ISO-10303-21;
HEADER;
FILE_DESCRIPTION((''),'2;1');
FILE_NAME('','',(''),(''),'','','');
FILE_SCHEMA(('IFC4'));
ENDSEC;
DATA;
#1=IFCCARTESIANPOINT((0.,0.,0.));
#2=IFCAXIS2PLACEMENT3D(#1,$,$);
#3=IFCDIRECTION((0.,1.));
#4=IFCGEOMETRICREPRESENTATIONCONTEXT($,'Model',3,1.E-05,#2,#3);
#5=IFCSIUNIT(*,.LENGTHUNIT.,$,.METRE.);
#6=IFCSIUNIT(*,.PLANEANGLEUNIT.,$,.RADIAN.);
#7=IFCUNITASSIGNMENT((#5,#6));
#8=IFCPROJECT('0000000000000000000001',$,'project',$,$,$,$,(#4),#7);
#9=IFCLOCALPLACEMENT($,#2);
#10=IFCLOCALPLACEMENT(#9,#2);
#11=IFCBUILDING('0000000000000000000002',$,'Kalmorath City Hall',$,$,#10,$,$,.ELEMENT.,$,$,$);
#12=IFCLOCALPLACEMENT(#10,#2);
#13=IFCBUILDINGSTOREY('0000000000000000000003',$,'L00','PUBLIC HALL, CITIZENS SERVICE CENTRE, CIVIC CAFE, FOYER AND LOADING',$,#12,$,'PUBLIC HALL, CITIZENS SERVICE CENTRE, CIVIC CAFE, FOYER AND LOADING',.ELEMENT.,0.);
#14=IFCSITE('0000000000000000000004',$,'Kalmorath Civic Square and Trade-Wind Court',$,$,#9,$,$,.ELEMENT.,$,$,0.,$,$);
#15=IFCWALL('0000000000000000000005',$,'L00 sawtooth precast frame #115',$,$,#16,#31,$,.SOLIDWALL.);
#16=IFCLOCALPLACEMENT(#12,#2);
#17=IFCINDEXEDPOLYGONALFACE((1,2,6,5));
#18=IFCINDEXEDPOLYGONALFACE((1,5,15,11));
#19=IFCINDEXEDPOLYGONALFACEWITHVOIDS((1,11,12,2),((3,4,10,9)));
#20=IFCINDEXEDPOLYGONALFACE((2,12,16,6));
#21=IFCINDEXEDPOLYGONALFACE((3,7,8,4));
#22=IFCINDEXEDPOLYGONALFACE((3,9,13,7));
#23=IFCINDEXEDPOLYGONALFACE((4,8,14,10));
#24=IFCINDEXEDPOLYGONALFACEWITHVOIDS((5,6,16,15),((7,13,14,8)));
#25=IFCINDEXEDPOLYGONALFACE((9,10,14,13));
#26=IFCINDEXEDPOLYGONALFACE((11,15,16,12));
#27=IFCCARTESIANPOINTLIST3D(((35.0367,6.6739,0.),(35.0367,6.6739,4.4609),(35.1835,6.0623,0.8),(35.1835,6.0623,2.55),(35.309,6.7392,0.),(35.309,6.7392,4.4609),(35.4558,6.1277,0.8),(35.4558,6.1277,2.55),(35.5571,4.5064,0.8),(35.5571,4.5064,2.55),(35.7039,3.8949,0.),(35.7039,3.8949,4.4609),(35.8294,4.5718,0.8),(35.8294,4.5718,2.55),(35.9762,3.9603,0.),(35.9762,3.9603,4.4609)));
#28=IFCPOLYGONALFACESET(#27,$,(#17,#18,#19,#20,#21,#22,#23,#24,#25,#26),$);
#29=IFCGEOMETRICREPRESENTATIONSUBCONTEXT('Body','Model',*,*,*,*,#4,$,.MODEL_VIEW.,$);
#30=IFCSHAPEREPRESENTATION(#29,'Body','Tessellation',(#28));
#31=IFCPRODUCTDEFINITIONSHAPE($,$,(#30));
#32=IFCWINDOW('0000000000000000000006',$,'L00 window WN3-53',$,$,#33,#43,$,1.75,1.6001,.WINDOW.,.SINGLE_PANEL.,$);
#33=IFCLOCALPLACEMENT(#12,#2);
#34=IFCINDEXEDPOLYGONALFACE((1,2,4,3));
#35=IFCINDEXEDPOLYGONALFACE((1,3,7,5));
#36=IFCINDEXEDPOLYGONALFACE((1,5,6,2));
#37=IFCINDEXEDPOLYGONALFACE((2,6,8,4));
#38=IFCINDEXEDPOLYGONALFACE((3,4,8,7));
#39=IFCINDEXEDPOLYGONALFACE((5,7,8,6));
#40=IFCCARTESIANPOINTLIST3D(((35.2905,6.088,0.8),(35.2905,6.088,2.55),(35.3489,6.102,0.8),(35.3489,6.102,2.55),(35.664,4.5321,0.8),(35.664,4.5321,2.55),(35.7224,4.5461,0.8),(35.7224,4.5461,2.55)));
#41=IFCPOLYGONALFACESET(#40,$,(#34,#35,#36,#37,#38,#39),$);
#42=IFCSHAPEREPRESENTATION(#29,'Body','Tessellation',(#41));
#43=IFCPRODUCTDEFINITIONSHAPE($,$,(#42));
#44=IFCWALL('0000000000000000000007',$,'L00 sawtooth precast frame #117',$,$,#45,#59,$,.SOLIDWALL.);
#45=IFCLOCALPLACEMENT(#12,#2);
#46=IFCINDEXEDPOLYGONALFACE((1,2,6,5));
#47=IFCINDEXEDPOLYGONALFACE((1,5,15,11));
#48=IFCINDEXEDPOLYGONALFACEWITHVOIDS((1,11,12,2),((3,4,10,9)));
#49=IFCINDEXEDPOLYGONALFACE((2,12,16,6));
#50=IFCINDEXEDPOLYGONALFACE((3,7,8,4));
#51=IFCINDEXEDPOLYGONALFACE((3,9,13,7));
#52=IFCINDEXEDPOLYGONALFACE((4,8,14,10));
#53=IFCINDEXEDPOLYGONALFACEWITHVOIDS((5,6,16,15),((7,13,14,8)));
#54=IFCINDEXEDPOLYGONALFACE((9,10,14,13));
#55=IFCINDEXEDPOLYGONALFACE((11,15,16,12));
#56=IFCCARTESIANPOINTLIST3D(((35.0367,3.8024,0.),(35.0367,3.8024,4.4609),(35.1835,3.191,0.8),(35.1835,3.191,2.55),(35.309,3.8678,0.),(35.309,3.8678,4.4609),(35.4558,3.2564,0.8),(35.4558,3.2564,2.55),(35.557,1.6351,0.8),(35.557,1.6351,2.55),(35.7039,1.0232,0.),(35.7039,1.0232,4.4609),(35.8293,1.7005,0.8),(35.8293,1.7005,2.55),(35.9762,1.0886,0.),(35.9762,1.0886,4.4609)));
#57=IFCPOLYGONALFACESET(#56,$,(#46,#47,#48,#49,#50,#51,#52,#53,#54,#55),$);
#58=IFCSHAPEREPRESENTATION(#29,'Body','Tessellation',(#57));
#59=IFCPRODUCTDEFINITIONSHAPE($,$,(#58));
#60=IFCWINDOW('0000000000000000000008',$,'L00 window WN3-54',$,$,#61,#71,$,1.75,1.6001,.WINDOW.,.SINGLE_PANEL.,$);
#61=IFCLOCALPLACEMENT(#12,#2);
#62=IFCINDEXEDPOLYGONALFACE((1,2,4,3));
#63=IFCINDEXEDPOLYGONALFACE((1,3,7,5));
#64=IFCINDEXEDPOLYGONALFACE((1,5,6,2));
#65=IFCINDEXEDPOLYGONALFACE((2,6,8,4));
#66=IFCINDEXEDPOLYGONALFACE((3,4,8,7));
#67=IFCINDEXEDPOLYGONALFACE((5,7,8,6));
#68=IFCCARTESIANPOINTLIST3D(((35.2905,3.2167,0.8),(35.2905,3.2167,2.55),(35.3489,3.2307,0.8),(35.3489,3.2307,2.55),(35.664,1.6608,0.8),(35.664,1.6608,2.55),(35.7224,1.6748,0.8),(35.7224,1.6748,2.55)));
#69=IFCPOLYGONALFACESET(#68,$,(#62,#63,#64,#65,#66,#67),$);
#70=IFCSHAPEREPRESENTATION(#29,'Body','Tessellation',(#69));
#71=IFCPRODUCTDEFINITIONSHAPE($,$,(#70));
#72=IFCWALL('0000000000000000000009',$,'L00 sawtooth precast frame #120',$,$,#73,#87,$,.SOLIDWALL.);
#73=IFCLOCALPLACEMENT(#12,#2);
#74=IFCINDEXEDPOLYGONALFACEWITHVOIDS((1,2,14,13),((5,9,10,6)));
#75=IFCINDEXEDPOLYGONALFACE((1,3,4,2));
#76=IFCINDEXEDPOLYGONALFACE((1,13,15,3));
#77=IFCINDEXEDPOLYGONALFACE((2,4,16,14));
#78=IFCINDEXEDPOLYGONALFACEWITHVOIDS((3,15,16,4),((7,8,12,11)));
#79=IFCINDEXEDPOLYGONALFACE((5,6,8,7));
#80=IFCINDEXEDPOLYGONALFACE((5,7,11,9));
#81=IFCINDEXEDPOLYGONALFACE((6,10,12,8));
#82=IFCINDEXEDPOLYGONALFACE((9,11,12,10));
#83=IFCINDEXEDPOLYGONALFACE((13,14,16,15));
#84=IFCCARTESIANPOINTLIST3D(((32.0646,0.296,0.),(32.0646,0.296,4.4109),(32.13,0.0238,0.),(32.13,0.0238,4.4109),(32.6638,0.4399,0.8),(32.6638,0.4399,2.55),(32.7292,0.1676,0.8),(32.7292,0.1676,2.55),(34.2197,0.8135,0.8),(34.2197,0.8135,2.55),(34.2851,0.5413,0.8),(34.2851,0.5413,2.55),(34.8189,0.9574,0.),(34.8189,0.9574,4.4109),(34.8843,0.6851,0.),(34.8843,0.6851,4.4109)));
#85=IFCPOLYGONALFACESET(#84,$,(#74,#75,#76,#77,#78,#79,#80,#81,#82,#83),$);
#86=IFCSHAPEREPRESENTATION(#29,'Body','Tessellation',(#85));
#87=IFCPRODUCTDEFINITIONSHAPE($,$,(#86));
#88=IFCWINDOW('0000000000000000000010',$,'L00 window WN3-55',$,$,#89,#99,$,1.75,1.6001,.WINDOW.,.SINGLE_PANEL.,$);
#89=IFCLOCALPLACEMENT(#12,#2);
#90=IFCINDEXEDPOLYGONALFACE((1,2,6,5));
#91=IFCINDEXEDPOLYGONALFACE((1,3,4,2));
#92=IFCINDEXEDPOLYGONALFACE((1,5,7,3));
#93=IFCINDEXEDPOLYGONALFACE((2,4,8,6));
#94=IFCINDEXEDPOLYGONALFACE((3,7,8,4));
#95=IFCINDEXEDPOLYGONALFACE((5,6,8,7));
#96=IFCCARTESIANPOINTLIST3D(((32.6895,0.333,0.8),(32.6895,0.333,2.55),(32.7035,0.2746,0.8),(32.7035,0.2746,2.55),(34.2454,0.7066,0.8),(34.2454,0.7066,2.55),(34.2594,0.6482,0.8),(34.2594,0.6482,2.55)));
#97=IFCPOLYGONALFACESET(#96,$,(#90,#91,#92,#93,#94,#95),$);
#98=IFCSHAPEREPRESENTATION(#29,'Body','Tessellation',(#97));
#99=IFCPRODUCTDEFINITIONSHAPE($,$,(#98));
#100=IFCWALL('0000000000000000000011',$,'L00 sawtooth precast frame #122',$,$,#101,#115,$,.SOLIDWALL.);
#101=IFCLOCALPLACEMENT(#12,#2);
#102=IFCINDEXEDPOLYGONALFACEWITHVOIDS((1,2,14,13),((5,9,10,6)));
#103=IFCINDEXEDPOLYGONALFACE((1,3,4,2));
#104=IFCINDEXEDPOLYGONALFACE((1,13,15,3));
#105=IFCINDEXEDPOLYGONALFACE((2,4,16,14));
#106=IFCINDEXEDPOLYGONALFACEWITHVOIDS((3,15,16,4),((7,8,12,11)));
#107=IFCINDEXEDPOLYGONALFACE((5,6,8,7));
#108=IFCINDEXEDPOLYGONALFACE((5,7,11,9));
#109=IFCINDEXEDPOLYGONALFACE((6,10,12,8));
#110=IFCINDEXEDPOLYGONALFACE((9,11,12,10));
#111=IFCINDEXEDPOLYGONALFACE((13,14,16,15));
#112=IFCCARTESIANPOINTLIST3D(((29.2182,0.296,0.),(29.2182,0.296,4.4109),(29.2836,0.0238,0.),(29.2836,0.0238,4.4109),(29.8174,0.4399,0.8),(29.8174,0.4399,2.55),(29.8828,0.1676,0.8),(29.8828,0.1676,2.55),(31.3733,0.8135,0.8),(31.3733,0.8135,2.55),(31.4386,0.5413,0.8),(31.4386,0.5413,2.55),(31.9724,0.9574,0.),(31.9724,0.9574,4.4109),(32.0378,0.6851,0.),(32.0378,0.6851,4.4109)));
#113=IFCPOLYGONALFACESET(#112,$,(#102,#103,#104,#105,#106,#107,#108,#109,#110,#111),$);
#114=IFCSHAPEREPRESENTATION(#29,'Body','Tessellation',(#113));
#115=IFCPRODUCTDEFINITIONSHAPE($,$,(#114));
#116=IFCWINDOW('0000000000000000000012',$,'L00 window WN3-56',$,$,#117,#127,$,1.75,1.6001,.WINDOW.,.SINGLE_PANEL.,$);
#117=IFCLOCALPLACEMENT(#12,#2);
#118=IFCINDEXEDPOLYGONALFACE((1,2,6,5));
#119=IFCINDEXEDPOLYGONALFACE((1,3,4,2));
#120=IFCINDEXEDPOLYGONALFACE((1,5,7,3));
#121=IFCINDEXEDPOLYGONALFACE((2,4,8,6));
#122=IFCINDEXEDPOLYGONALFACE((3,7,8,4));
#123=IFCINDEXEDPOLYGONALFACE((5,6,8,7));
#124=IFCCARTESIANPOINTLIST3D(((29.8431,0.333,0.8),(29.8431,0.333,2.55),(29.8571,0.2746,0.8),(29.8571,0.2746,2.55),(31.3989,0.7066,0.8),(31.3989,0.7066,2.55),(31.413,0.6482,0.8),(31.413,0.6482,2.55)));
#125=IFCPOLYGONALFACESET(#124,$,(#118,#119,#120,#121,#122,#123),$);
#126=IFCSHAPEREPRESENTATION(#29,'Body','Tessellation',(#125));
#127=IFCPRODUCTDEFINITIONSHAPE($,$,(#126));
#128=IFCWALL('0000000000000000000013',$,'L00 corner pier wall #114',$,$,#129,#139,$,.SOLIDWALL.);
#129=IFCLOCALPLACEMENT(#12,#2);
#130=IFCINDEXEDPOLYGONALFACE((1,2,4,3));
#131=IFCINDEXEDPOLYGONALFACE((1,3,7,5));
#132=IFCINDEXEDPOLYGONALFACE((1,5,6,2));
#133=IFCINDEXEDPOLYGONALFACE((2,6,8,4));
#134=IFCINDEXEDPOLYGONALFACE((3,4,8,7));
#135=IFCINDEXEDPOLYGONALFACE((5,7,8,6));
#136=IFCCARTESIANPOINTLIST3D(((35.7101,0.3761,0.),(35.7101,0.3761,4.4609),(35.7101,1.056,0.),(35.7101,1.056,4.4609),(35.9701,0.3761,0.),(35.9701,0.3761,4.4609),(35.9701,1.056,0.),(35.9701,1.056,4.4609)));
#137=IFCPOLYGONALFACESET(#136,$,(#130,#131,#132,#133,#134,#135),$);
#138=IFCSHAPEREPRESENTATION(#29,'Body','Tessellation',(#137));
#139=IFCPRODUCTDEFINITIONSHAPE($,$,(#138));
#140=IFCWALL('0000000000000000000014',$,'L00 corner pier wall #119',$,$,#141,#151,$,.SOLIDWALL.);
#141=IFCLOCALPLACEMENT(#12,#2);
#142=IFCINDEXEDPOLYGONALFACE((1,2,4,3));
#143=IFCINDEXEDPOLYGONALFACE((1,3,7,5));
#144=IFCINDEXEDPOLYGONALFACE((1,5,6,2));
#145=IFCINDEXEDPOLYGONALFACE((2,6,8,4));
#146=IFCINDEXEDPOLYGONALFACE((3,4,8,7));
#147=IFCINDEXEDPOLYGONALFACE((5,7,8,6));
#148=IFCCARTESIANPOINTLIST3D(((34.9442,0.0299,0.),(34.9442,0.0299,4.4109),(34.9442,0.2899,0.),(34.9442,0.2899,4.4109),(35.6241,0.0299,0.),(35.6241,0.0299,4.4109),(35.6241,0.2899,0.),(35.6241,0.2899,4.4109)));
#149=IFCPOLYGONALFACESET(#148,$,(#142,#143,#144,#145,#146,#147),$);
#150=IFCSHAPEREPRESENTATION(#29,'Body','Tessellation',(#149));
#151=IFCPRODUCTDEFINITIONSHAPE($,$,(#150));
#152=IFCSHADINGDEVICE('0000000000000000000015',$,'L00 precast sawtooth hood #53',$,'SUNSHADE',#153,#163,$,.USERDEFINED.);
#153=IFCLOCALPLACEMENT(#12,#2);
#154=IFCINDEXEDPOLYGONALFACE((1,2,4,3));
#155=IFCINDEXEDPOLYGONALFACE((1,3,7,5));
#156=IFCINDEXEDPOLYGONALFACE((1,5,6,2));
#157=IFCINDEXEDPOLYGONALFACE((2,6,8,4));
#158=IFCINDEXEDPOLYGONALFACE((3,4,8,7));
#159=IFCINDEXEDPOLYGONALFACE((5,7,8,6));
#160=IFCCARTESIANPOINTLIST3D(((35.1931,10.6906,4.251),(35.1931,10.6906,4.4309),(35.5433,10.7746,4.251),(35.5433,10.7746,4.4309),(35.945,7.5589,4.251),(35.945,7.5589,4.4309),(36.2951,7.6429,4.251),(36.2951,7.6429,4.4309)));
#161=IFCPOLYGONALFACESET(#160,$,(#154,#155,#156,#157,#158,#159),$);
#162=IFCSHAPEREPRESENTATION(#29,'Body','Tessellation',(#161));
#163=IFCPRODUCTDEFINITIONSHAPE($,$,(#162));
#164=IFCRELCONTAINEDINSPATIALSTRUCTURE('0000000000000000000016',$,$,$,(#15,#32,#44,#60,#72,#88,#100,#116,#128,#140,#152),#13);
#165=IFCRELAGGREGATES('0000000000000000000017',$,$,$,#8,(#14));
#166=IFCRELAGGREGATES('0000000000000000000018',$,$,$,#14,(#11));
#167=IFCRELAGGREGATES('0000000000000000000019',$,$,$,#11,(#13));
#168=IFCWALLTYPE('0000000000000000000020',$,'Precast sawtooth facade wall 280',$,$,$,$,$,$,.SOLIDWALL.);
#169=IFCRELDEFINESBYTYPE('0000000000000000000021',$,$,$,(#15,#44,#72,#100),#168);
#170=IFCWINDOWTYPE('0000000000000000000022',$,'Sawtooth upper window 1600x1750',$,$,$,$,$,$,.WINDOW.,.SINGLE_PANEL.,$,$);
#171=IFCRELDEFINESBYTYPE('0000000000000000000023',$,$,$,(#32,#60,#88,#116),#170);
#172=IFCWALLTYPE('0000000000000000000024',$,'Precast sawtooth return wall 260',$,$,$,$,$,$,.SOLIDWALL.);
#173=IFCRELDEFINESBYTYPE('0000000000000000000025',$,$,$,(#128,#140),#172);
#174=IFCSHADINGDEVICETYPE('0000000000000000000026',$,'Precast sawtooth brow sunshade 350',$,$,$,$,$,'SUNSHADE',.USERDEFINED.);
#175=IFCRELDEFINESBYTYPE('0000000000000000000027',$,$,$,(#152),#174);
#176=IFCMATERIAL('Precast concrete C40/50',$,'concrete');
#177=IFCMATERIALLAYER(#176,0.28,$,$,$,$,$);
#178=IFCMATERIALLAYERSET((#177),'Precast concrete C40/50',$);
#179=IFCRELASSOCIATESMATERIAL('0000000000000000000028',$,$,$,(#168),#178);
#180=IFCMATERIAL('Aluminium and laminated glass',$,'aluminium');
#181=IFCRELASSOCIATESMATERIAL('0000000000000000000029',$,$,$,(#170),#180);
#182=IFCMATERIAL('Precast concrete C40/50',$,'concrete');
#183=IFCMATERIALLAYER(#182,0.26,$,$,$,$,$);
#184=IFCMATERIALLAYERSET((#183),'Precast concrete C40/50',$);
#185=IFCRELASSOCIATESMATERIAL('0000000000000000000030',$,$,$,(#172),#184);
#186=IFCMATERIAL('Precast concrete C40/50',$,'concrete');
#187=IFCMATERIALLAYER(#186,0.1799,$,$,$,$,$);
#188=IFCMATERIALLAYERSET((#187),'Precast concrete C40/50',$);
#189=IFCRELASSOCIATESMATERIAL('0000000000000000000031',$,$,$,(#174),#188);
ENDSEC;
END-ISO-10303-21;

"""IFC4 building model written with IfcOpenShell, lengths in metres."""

from ifc_helpers import new_model, si_unit, direction, frame, frame_2d, origin, origin_2d, place, context, subcontext, project, spatial, rectangle, extrude, material, layer, layer_set, type_object, element, fill, save


model = new_model("IFC4")

# Units and contexts
model_context = context("Model", 3, precision=1e-05, world=origin(), true_north=direction((0.0, 1.0)))
body_context = subcontext(model_context, "Body", "Model", "MODEL_VIEW")
ifc_project = project(units=[si_unit("LENGTHUNIT", "METRE"), si_unit("PLANEANGLEUNIT", "RADIAN")], contexts=[model_context])

# Site, building, storey
site_placement = place(None, origin())
site = spatial("IfcSite", under=ifc_project, at=site_placement, Name="Kalmorath Civic Square and Trade-Wind Court", CompositionType="ELEMENT", RefElevation=0.0)
building_placement = place(site_placement, origin())
building = spatial("IfcBuilding", under=site, at=building_placement, Name="Kalmorath City Hall", CompositionType="ELEMENT")
storey_placement = place(building_placement, origin())
storey = spatial("IfcBuildingStorey", under=building, at=storey_placement, Name="L00", Description="PUBLIC HALL, CITIZENS SERVICE CENTRE, CIVIC CAFE, FOYER AND LOADING", LongName="PUBLIC HALL, CITIZENS SERVICE CENTRE, CIVIC CAFE, FOYER AND LOADING", CompositionType="ELEMENT", Elevation=0.0)

# Walls, openings, windows
ifc_material_1 = material(Name="Precast concrete C40/50", Category="concrete")
ifc_layer_1 = layer(ifc_material_1, 0.28)
ifc_layer_set_1 = layer_set([ifc_layer_1], Name="Precast concrete C40/50")
wall_type_1 = type_object("IfcWallType", Name="Precast sawtooth facade wall 280", PredefinedType="SOLIDWALL", material=ifc_layer_set_1)
ifc_material_2 = material(Name="Aluminium and laminated glass", Category="aluminium")
window_type = type_object("IfcWindowType", Name="Sawtooth upper window 1600x1750", PartitioningType="SINGLE_PANEL", PredefinedType="WINDOW", material=ifc_material_2)
wall_1_placement = place(storey_placement, frame((35.1729, 6.7065, 0.0), z_axis=(0.0, 0.0, 1.0), x_axis=(0.23346, -0.972366, 0.0)))
wall_1 = element("IfcWall", 1, at=wall_1_placement, inside=storey, type_object=wall_type_1, Name="L00 sawtooth precast frame #115", PredefinedType="SOLIDWALL", context=body_context, shape_type="SweptSolid", body=[
    extrude(rectangle(XDim=2.8579, YDim=0.28, at=frame_2d((1.429, 0.0))), origin(), (0.0, 0.0, 1.0), 4.4609),
])
opening_1_placement = place(wall_1_placement, frame((0.6289, 0.0, 0.8)))
opening_1 = element("IfcOpeningElement", 2, at=opening_1_placement, cuts=wall_1, PredefinedType="OPENING", context=body_context, shape_type="SweptSolid", body=[
    extrude(rectangle(XDim=1.6001, YDim=1.75, at=frame_2d((0.8, 0.875))), frame((0.0, 0.1499, 0.0), z_axis=(0.0, -1.0, 0.0), x_axis=(1.0, 0.0, 0.0)), (0.0, 0.0, 1.0), 0.3),
])
window_1_placement = place(opening_1_placement, origin())
window_1 = element("IfcWindow", 3, at=window_1_placement, inside=storey, type_object=window_type, Name="L00 window WN3-53", OverallHeight=1.75, OverallWidth=1.6001, PartitioningType="SINGLE_PANEL", PredefinedType="WINDOW", context=body_context, shape_type="SweptSolid", body=[
    extrude(rectangle(XDim=1.6001, YDim=1.75, at=frame_2d((0.8, 0.875))), frame((0.0, 0.03, 0.0), z_axis=(0.0, -1.0, 0.0), x_axis=(1.0, 0.0, 0.0)), (0.0, 0.0, 1.0), 0.0601),
])
fill(opening_1, window_1)
wall_2_placement = place(storey_placement, frame((35.1729, 3.8352, 0.0), z_axis=(0.0, 0.0, 1.0), x_axis=(0.233441, -0.972371, 0.0)))
wall_2 = element("IfcWall", 4, at=wall_2_placement, inside=storey, type_object=wall_type_1, Name="L00 sawtooth precast frame #117", PredefinedType="SOLIDWALL", context=body_context, shape_type="SweptSolid", body=[
    extrude(rectangle(XDim=2.8582, YDim=0.28, at=frame_2d((1.4292, 0.0))), origin(), (0.0, 0.0, 1.0), 4.4609),
])
opening_2_placement = place(wall_2_placement, frame((0.6289, 0.0, 0.8)))
opening_2 = element("IfcOpeningElement", 5, at=opening_2_placement, cuts=wall_2, PredefinedType="OPENING", context=body_context, shape_type="SweptSolid", body=[
    extrude(rectangle(XDim=1.6001, YDim=1.75, at=frame_2d((0.8, 0.875))), frame((0.0, 0.1499, 0.0), z_axis=(0.0, -1.0, 0.0), x_axis=(1.0, 0.0, 0.0)), (0.0, 0.0, 1.0), 0.3),
])
window_2_placement = place(opening_2_placement, origin())
window_2 = element("IfcWindow", 6, at=window_2_placement, inside=storey, type_object=window_type, Name="L00 window WN3-54", OverallHeight=1.75, OverallWidth=1.6001, PartitioningType="SINGLE_PANEL", PredefinedType="WINDOW", context=body_context, shape_type="SweptSolid", body=[
    extrude(rectangle(XDim=1.6001, YDim=1.75, at=frame_2d((0.8, 0.875))), frame((0.0, 0.03, 0.0), z_axis=(0.0, -1.0, 0.0), x_axis=(1.0, 0.0, 0.0)), (0.0, 0.0, 1.0), 0.0601),
])
fill(opening_2, window_2)
wall_3_placement = place(storey_placement, frame((34.8516, 0.8213, 0.0), z_axis=(0.0, 0.0, 1.0), x_axis=(-0.972357, -0.2335, 0.0)))
wall_3 = element("IfcWall", 7, at=wall_3_placement, inside=storey, type_object=wall_type_1, Name="L00 sawtooth precast frame #120", PredefinedType="SOLIDWALL", context=body_context, shape_type="SweptSolid", body=[
    extrude(rectangle(XDim=2.8325, YDim=0.28, at=frame_2d((1.4163, 0.0))), origin(), (0.0, 0.0, 1.0), 4.4109),
])
opening_3_placement = place(wall_3_placement, frame((0.6162, 0.0, 0.8)))
opening_3 = element("IfcOpeningElement", 8, at=opening_3_placement, cuts=wall_3, PredefinedType="OPENING", context=body_context, shape_type="SweptSolid", body=[
    extrude(rectangle(XDim=1.6001, YDim=1.75, at=frame_2d((0.8, 0.875))), frame((0.0, 0.1499, 0.0), z_axis=(0.0, -1.0, 0.0), x_axis=(1.0, 0.0, 0.0)), (0.0, 0.0, 1.0), 0.3),
])
window_3_placement = place(opening_3_placement, origin())
window_3 = element("IfcWindow", 9, at=window_3_placement, inside=storey, type_object=window_type, Name="L00 window WN3-55", OverallHeight=1.75, OverallWidth=1.6001, PartitioningType="SINGLE_PANEL", PredefinedType="WINDOW", context=body_context, shape_type="SweptSolid", body=[
    extrude(rectangle(XDim=1.6001, YDim=1.75, at=frame_2d((0.8, 0.875))), frame((0.0, 0.03, 0.0), z_axis=(0.0, -1.0, 0.0), x_axis=(1.0, 0.0, 0.0)), (0.0, 0.0, 1.0), 0.0601),
])
fill(opening_3, window_3)
wall_4_placement = place(storey_placement, frame((32.0051, 0.8213, 0.0), z_axis=(0.0, 0.0, 1.0), x_axis=(-0.972357, -0.2335, 0.0)))
wall_4 = element("IfcWall", 10, at=wall_4_placement, inside=storey, type_object=wall_type_1, Name="L00 sawtooth precast frame #122", PredefinedType="SOLIDWALL", context=body_context, shape_type="SweptSolid", body=[
    extrude(rectangle(XDim=2.8325, YDim=0.28, at=frame_2d((1.4163, 0.0))), origin(), (0.0, 0.0, 1.0), 4.4109),
])
opening_4_placement = place(wall_4_placement, frame((0.6162, 0.0, 0.8)))
opening_4 = element("IfcOpeningElement", 11, at=opening_4_placement, cuts=wall_4, PredefinedType="OPENING", context=body_context, shape_type="SweptSolid", body=[
    extrude(rectangle(XDim=1.6001, YDim=1.75, at=frame_2d((0.8, 0.875))), frame((0.0, 0.1499, 0.0), z_axis=(0.0, -1.0, 0.0), x_axis=(1.0, 0.0, 0.0)), (0.0, 0.0, 1.0), 0.3),
])
window_4_placement = place(opening_4_placement, origin())
window_4 = element("IfcWindow", 12, at=window_4_placement, inside=storey, type_object=window_type, Name="L00 window WN3-56", OverallHeight=1.75, OverallWidth=1.6001, PartitioningType="SINGLE_PANEL", PredefinedType="WINDOW", context=body_context, shape_type="SweptSolid", body=[
    extrude(rectangle(XDim=1.6001, YDim=1.75, at=frame_2d((0.8, 0.875))), frame((0.0, 0.03, 0.0), z_axis=(0.0, -1.0, 0.0), x_axis=(1.0, 0.0, 0.0)), (0.0, 0.0, 1.0), 0.0601),
])
fill(opening_4, window_4)

# Walls
ifc_material_3 = material(Name="Precast concrete C40/50", Category="concrete")
ifc_layer_2 = layer(ifc_material_3, 0.26)
ifc_layer_set_2 = layer_set([ifc_layer_2], Name="Precast concrete C40/50")
wall_type_2 = type_object("IfcWallType", Name="Precast sawtooth return wall 260", PredefinedType="SOLIDWALL", material=ifc_layer_set_2)
wall_5_placement = place(storey_placement, frame((35.8401, 1.0559, 0.0), z_axis=(0.0, 0.0, 1.0), x_axis=(0.0, -1.0, 0.0)))
element("IfcWall", 13, at=wall_5_placement, inside=storey, type_object=wall_type_2, Name="L00 corner pier wall #114", PredefinedType="SOLIDWALL", context=body_context, shape_type="SweptSolid", body=[
    extrude(rectangle(XDim=0.6799, YDim=0.26, at=frame_2d((0.3398, 0.0))), origin(), (0.0, 0.0, 1.0), 4.4609),
])
wall_6_placement = place(storey_placement, frame((35.624, 0.1599, 0.0), z_axis=(0.0, 0.0, 1.0), x_axis=(-1.0, 0.0, 0.0)))
element("IfcWall", 14, at=wall_6_placement, inside=storey, type_object=wall_type_2, Name="L00 corner pier wall #119", PredefinedType="SOLIDWALL", context=body_context, shape_type="SweptSolid", body=[
    extrude(rectangle(XDim=0.6799, YDim=0.26, at=frame_2d((0.3398, 0.0))), origin(), (0.0, 0.0, 1.0), 4.4109),
])

# Shading device
ifc_material_4 = material(Name="Precast concrete C40/50", Category="concrete")
ifc_layer_3 = layer(ifc_material_4, 0.1799)
ifc_layer_set_3 = layer_set([ifc_layer_3], Name="Precast concrete C40/50")
shading_device_type = type_object("IfcShadingDeviceType", Name="Precast sawtooth brow sunshade 350", ElementType="SUNSHADE", PredefinedType="USERDEFINED", material=ifc_layer_set_3)
shading_device_placement = place(storey_placement, frame((35.7441, 9.1667, 4.251), z_axis=(0.0, 0.0, 1.0), x_axis=(0.233445, -0.97237, 0.0)))
element("IfcShadingDevice", 15, at=shading_device_placement, inside=storey, type_object=shading_device_type, Name="L00 precast sawtooth hood #53", ObjectType="SUNSHADE", PredefinedType="USERDEFINED", context=body_context, shape_type="SweptSolid", body=[
    extrude(rectangle(XDim=3.2207, YDim=0.3601, at=origin_2d()), origin(), (0.0, 0.0, 1.0), 0.1799),
])

save(model, "model.ifc")
